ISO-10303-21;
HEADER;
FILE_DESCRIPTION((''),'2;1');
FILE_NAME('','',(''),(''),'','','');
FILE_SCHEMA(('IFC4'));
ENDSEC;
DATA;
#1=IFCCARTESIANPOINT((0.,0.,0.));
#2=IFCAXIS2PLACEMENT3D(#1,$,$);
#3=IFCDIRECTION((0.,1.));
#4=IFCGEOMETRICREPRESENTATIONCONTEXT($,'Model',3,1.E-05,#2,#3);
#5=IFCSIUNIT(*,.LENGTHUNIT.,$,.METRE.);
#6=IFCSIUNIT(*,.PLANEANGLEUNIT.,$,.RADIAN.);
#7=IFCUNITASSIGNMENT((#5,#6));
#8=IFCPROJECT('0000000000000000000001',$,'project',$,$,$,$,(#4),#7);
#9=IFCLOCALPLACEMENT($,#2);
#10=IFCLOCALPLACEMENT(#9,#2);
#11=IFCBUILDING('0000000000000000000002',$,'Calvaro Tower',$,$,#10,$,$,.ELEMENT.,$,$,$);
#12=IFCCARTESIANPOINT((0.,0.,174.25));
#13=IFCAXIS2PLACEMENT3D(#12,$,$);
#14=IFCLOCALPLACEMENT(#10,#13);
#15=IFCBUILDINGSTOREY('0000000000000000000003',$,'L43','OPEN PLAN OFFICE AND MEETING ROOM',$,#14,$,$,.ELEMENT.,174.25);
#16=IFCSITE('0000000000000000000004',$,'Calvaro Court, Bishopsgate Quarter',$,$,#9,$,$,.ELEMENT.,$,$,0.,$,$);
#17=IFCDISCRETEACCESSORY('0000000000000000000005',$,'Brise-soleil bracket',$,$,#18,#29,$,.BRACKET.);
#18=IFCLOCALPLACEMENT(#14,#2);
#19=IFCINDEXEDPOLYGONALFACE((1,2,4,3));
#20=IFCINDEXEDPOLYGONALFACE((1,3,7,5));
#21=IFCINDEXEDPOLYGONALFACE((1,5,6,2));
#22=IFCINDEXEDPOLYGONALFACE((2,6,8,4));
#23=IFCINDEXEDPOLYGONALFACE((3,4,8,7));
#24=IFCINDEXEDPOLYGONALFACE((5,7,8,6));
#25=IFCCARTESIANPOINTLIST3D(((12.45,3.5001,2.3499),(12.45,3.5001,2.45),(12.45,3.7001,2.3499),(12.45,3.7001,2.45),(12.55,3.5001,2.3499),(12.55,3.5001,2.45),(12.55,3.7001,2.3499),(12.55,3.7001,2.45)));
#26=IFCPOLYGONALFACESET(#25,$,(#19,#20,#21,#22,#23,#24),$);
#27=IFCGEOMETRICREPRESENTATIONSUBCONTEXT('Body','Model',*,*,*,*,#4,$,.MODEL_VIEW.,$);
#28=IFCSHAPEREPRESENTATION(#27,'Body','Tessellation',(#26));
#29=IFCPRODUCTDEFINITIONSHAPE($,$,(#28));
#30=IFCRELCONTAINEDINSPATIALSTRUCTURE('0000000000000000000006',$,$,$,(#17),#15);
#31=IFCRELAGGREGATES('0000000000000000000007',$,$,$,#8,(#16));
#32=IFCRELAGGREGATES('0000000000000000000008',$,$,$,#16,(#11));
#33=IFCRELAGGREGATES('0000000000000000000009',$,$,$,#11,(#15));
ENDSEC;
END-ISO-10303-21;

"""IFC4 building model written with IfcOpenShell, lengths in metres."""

from ifc_helpers import new_model, si_unit, direction, frame, origin, origin_2d, place, context, subcontext, project, spatial, rectangle, extrude, element, save


model = new_model("IFC4")

# Units and contexts
model_context = context("Model", 3, precision=1e-05, world=origin(), true_north=direction((0.0, 1.0)))
body_context = subcontext(model_context, "Body", "Model", "MODEL_VIEW")
ifc_project = project(units=[si_unit("LENGTHUNIT", "METRE"), si_unit("PLANEANGLEUNIT", "RADIAN")], contexts=[model_context])

# Site, building, storey
site_placement = place(None, origin())
site = spatial("IfcSite", under=ifc_project, at=site_placement, Name="Calvaro Court, Bishopsgate Quarter", CompositionType="ELEMENT", RefElevation=0.0)
building_placement = place(site_placement, origin())
building = spatial("IfcBuilding", under=site, at=building_placement, Name="Calvaro Tower", CompositionType="ELEMENT")
storey_placement = place(building_placement, frame((0.0, 0.0, 174.25)))
storey = spatial("IfcBuildingStorey", under=building, at=storey_placement, Name="L43", Description="OPEN PLAN OFFICE AND MEETING ROOM", CompositionType="ELEMENT", Elevation=174.25)

# Discrete accessory
discrete_accessory_placement = place(storey_placement, frame((12.5, 3.6001, 2.3499), z_axis=(0.0, 0.0, 1.0), x_axis=(1.0, 0.0, 0.0)))
element("IfcDiscreteAccessory", 1, at=discrete_accessory_placement, inside=storey, Name="Brise-soleil bracket", PredefinedType="BRACKET", context=body_context, shape_type="SweptSolid", body=[
    extrude(rectangle(XDim=0.1001, YDim=0.2, at=origin_2d()), origin(), (0.0, 0.0, 1.0), 0.1001),
])

save(model, "model.ifc")
